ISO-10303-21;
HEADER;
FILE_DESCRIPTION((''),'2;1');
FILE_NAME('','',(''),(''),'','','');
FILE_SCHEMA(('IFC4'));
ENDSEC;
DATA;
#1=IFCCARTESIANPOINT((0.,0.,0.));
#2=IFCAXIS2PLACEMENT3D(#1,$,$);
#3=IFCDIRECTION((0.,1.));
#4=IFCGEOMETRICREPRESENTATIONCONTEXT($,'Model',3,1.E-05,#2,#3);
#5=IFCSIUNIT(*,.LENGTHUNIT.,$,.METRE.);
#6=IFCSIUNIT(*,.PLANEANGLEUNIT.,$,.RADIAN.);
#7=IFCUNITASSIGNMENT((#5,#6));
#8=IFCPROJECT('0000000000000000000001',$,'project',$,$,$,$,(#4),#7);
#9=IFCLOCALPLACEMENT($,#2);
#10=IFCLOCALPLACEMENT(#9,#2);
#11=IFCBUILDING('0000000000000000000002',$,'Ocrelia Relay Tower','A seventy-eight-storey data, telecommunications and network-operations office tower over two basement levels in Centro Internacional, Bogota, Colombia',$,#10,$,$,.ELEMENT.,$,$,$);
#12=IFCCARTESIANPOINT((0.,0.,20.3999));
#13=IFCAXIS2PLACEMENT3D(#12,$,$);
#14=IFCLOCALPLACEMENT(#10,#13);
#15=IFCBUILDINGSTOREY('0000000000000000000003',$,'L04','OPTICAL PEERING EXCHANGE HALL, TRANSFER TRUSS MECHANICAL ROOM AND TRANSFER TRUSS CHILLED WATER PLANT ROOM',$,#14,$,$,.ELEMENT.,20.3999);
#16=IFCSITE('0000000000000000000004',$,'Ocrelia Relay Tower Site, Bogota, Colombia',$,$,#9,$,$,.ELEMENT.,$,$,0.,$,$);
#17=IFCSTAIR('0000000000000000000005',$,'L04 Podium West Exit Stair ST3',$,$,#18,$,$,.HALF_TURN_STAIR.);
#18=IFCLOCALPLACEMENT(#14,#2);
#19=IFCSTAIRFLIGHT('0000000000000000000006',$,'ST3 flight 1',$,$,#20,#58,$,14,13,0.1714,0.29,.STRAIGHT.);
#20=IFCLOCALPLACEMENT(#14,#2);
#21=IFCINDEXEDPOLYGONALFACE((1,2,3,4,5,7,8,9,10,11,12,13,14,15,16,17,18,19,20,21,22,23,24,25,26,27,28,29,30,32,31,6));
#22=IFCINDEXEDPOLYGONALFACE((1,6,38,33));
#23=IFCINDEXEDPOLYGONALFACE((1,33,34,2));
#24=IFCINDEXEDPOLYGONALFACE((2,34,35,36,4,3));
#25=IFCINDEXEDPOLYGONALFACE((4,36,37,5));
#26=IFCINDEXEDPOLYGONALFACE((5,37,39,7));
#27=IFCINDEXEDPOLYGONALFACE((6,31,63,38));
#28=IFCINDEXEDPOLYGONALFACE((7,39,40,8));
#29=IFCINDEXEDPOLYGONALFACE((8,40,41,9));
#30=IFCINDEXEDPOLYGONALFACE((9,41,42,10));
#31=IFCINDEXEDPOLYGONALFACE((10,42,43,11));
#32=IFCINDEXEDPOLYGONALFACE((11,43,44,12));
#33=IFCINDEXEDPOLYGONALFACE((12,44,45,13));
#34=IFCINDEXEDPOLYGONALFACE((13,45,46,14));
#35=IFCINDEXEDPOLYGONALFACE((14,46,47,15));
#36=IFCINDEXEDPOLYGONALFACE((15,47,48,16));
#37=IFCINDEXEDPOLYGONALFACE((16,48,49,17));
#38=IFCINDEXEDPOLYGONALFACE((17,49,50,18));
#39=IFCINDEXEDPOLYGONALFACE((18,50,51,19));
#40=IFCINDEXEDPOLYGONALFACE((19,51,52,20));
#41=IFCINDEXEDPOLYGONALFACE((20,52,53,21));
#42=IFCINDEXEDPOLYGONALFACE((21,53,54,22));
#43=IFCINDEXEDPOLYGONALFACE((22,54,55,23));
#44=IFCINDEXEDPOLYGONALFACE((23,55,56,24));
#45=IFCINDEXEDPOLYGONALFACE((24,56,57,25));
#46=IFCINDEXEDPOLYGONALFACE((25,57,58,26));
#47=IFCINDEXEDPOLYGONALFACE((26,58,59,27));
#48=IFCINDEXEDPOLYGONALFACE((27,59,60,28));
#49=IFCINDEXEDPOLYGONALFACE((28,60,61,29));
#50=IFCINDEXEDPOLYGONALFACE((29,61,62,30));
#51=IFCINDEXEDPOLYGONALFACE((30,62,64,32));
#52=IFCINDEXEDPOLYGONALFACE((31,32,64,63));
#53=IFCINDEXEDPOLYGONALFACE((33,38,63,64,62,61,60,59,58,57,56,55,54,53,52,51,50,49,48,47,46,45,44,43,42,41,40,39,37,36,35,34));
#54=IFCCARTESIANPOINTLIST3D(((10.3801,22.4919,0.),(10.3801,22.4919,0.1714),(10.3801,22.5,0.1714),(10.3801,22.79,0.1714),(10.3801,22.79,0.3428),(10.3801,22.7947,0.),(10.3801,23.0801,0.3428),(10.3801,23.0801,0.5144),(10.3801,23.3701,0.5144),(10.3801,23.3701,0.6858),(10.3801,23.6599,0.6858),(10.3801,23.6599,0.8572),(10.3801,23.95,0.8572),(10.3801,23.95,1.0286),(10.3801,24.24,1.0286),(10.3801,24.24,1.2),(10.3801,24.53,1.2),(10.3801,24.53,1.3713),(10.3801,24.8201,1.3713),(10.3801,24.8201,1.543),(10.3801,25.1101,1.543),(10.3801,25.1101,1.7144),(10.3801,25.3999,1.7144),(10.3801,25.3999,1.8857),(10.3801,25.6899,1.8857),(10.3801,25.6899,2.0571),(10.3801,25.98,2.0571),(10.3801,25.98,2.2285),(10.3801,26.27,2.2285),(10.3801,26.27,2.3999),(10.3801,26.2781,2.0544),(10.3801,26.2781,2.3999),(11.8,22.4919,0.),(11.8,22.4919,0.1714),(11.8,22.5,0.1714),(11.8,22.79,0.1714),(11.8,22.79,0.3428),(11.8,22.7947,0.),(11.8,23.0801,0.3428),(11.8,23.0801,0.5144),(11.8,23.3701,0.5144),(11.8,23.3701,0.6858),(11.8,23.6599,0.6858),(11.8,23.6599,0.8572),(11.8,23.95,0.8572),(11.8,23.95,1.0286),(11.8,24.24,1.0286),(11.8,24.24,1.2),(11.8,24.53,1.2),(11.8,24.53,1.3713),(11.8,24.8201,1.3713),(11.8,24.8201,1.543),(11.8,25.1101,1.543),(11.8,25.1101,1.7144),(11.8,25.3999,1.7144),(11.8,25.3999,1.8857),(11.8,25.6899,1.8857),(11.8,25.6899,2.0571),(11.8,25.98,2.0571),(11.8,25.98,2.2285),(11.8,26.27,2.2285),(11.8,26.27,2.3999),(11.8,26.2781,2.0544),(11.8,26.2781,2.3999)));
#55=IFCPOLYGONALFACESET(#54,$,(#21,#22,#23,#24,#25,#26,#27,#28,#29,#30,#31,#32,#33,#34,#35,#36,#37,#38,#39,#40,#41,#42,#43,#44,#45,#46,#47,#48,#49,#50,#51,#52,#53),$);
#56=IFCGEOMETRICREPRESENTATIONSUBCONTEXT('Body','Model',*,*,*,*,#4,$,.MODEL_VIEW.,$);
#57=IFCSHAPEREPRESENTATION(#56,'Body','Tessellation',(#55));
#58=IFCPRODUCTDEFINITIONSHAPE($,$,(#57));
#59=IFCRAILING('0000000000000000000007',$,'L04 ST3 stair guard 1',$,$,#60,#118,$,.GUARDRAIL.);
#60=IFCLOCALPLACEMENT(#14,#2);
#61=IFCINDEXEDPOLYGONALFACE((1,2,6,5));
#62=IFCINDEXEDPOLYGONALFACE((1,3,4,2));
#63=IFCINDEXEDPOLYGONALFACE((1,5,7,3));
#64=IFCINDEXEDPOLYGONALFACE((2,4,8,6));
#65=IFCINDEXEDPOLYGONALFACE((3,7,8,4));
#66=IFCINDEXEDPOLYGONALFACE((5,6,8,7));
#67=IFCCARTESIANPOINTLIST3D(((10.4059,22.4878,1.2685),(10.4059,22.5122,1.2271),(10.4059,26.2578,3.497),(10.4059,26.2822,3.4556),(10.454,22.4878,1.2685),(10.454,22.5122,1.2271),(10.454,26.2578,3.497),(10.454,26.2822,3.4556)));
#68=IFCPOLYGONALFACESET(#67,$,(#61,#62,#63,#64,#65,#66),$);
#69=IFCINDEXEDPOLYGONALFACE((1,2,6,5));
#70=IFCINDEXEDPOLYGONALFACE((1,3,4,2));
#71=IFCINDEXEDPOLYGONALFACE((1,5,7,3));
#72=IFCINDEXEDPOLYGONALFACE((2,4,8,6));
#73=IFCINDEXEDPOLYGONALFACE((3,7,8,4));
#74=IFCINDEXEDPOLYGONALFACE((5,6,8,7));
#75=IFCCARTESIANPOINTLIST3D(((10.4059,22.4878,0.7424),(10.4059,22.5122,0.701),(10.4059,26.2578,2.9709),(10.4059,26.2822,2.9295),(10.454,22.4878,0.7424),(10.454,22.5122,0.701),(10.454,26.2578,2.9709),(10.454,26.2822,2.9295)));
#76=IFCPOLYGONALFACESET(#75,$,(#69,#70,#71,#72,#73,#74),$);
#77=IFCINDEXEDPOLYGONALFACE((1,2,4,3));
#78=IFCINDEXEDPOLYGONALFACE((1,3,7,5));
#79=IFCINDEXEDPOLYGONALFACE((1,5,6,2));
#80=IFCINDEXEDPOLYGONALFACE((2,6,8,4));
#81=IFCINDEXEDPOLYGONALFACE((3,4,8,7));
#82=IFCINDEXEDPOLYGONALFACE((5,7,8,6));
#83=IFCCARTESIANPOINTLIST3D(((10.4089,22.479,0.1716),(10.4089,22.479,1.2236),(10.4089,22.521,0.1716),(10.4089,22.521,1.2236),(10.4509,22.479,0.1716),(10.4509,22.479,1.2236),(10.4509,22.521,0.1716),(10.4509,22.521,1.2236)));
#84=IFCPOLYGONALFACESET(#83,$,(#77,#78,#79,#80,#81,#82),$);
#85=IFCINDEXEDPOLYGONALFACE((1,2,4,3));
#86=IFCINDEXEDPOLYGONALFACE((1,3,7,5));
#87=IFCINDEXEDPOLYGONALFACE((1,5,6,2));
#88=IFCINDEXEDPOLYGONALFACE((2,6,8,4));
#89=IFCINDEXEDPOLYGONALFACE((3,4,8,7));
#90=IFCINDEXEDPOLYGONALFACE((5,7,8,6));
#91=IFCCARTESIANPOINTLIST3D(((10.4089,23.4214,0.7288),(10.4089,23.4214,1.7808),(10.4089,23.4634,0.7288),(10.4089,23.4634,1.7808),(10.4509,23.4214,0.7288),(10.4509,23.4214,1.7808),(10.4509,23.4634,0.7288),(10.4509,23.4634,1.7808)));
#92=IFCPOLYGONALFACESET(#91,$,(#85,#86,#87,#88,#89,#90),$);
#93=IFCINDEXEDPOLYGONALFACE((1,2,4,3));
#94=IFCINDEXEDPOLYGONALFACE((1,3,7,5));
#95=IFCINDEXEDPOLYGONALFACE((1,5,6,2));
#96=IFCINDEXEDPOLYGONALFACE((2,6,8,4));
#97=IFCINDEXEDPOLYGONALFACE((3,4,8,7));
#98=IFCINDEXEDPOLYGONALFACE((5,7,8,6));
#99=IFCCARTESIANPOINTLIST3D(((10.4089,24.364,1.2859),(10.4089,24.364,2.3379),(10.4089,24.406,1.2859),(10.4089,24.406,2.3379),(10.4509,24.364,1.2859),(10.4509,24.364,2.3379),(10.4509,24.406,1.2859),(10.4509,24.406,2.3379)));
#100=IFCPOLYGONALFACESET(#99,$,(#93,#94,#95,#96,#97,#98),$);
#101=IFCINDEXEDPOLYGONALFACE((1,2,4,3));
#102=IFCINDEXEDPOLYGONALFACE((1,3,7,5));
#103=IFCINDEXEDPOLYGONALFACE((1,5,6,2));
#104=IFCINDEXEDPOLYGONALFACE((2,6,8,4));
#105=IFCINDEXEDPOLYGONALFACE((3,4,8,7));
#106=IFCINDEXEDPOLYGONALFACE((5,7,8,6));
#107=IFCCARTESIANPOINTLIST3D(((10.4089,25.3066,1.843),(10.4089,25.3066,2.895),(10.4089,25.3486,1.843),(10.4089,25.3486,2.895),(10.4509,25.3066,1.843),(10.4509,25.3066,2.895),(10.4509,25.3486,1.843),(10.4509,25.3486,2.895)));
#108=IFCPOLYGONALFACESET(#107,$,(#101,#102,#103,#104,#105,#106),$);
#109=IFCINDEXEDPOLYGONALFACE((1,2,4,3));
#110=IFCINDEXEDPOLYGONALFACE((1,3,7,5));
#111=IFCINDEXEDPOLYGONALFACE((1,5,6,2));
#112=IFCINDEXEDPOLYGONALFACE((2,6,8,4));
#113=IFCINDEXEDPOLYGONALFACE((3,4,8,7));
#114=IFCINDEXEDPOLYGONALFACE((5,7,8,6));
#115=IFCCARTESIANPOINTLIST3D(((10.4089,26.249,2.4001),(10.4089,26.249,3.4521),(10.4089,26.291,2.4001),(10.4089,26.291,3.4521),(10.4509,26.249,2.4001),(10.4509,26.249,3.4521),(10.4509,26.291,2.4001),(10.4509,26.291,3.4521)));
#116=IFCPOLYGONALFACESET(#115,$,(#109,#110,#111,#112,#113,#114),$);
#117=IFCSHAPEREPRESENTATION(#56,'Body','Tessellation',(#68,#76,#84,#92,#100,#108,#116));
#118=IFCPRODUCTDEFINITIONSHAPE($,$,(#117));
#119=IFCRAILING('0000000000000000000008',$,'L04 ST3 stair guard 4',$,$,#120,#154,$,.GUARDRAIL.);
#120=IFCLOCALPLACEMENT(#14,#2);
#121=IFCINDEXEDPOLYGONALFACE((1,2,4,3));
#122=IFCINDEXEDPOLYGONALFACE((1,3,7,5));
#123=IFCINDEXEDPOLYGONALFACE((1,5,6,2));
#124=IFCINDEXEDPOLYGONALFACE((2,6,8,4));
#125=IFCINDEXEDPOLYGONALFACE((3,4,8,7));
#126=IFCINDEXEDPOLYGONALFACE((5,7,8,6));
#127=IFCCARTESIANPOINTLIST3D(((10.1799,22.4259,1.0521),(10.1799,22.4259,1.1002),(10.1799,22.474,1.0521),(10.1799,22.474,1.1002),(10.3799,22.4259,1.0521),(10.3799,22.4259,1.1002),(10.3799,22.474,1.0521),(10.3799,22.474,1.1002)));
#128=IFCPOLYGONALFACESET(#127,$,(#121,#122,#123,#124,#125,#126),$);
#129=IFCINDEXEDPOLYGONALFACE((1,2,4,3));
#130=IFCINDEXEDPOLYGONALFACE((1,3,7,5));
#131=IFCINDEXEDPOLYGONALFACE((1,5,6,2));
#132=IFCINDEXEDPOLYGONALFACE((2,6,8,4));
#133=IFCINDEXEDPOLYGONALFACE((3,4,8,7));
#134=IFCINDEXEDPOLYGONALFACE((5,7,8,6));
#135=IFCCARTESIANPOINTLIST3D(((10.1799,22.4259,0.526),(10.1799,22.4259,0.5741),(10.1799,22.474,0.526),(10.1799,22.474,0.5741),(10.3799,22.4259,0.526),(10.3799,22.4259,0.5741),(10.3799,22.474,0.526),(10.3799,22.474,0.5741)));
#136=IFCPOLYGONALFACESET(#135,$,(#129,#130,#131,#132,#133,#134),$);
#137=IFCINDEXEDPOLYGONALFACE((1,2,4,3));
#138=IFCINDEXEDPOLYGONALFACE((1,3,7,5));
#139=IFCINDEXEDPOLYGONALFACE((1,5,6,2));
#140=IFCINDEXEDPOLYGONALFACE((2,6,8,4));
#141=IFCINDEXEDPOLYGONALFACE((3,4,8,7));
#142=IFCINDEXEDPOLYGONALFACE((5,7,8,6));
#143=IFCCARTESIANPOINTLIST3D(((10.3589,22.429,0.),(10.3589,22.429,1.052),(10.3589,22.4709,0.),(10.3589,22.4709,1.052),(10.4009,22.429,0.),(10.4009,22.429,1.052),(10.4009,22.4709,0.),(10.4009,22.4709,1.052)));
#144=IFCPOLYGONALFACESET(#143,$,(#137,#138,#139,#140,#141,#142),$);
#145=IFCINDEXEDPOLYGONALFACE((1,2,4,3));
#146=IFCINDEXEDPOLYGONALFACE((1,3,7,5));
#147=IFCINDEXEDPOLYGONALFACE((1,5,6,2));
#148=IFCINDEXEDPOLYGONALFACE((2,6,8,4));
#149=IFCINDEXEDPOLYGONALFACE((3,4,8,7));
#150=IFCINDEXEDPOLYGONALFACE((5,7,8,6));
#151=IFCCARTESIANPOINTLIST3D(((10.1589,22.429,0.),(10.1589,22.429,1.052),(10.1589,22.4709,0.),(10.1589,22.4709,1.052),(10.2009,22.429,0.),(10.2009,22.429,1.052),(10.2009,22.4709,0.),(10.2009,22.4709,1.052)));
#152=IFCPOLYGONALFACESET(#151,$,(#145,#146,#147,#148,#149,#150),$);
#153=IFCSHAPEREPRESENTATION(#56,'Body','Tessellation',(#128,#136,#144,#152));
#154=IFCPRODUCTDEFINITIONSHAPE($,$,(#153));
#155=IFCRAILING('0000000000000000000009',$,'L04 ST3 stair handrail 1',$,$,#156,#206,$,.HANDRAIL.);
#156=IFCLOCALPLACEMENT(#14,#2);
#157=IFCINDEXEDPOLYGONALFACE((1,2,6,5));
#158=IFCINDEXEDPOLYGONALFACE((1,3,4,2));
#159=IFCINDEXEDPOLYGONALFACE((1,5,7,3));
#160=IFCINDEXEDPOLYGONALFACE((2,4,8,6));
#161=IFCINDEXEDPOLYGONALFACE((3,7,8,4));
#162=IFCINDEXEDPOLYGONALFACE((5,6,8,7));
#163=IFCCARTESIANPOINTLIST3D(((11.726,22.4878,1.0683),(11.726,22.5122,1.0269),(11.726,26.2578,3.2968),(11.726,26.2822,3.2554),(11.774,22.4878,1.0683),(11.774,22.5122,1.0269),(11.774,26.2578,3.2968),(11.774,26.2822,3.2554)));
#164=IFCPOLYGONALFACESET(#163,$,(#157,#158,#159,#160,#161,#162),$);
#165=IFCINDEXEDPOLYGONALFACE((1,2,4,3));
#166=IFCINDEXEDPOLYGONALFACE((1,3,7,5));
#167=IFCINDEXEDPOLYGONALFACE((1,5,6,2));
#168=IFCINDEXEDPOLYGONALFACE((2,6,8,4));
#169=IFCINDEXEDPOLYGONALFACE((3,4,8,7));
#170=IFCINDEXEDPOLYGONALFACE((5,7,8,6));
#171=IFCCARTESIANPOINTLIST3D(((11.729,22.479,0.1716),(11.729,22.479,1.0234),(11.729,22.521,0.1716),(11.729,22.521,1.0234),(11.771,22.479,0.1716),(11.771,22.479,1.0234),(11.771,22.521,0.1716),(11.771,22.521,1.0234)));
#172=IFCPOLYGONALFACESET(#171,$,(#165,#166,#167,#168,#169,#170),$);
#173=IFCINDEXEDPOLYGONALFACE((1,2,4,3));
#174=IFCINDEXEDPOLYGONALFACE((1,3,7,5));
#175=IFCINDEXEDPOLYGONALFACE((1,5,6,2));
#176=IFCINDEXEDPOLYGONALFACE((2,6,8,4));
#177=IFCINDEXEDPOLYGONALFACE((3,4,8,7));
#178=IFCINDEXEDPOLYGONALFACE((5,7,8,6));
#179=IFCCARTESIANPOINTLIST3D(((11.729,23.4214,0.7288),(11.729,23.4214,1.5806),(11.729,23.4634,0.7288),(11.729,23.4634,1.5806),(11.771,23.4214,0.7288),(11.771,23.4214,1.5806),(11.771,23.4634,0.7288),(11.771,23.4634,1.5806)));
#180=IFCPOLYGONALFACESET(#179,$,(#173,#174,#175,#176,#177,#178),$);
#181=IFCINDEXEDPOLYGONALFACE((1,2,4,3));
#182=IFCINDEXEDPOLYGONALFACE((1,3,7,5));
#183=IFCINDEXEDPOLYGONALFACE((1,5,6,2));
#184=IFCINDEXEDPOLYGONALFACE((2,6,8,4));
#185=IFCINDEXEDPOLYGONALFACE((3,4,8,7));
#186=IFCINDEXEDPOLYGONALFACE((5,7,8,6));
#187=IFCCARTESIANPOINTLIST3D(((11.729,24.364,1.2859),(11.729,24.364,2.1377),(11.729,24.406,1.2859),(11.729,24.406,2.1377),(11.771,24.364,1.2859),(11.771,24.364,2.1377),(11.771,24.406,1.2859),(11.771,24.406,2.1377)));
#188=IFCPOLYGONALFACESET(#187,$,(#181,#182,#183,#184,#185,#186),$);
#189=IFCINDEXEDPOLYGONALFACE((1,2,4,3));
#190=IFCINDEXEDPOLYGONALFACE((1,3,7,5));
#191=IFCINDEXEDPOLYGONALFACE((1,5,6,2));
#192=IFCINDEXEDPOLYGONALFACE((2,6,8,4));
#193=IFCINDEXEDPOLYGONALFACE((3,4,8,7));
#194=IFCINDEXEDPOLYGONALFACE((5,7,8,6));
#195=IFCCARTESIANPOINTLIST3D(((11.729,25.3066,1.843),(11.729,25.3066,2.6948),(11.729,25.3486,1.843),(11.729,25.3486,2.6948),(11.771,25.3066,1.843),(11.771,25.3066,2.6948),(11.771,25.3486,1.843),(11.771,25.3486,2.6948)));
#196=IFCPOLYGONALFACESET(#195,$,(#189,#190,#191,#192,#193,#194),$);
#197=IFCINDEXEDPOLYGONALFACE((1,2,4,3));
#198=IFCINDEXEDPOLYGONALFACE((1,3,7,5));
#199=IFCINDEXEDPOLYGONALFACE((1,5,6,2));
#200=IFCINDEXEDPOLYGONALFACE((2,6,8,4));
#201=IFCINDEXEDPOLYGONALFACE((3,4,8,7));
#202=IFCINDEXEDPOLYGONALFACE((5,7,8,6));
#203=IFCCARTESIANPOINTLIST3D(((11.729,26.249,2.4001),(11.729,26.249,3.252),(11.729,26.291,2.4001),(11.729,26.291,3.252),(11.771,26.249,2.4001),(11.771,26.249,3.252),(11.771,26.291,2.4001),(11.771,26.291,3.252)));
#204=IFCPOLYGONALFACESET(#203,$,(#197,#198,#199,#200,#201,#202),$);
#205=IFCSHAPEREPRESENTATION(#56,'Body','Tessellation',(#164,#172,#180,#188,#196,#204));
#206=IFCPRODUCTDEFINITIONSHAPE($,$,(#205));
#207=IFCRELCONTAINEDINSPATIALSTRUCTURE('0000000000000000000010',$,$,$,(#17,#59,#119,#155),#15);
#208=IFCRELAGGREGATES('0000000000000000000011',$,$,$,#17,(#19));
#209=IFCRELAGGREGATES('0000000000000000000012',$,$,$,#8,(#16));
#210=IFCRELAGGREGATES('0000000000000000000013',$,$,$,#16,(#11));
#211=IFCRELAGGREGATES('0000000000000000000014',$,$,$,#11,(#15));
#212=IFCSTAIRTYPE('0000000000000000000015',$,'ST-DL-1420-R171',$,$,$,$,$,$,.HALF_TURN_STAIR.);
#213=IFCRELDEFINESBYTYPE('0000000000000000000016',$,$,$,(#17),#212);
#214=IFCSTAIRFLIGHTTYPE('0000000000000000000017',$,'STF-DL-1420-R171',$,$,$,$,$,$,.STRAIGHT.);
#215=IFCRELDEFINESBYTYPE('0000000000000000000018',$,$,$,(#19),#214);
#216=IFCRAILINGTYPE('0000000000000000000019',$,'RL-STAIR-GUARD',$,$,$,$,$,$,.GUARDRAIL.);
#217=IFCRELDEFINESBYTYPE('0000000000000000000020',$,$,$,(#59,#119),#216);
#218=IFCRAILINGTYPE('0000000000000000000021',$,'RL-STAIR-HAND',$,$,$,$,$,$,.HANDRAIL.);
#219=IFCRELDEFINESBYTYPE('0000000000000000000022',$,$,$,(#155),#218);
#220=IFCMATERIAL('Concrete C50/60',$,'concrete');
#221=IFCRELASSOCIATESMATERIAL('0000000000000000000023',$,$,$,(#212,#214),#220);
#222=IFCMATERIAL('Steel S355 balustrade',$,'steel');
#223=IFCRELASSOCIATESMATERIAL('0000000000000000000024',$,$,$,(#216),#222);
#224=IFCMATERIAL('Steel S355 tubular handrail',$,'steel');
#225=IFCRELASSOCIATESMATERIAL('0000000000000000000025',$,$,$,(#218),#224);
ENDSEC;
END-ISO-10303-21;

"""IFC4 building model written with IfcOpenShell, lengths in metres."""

from ifc_helpers import new_model, si_unit, direction, frame, origin, origin_2d, place, context, subcontext, project, spatial, polyline, rectangle, outline, extrude, material, type_object, element, aggregate, save


model = new_model("IFC4")

# Units and contexts
model_context = context("Model", 3, precision=1e-05, world=origin(), true_north=direction((0.0, 1.0)))
body_context = subcontext(model_context, "Body", "Model", "MODEL_VIEW")
ifc_project = project(units=[si_unit("LENGTHUNIT", "METRE"), si_unit("PLANEANGLEUNIT", "RADIAN")], contexts=[model_context])

# Site, building, storey
site_placement = place(None, origin())
site = spatial("IfcSite", under=ifc_project, at=site_placement, Name="Ocrelia Relay Tower Site, Bogota, Colombia", CompositionType="ELEMENT", RefElevation=0.0)
building_placement = place(site_placement, origin())
building = spatial("IfcBuilding", under=site, at=building_placement, Name="Ocrelia Relay Tower", Description="A seventy-eight-storey data, telecommunications and network-operations office tower over two basement levels in Centro Internacional, Bogota, Colombia", CompositionType="ELEMENT")
storey_placement = place(building_placement, frame((0.0, 0.0, 20.3999)))
storey = spatial("IfcBuildingStorey", under=building, at=storey_placement, Name="L04", Description="OPTICAL PEERING EXCHANGE HALL, TRANSFER TRUSS MECHANICAL ROOM AND TRANSFER TRUSS CHILLED WATER PLANT ROOM", CompositionType="ELEMENT", Elevation=20.3999)

# Shared definitions
ifc_material_1 = material(Name="Concrete C50/60", Category="concrete")

# Stair
stair_type = type_object("IfcStairType", Name="ST-DL-1420-R171", PredefinedType="HALF_TURN_STAIR", material=ifc_material_1)
stair_1_placement = place(storey_placement, origin())
stair_1 = element("IfcStair", 1, at=stair_1_placement, inside=storey, type_object=stair_type, Name="L04 Podium West Exit Stair ST3", PredefinedType="HALF_TURN_STAIR")

# Stair flight
stair_flight_type = type_object("IfcStairFlightType", Name="STF-DL-1420-R171", PredefinedType="STRAIGHT", material=ifc_material_1)
stair_flight_placement = place(storey_placement, frame((11.0901, 22.5, 0.0), z_axis=(0.0, 0.0, 1.0), x_axis=(0.0, 1.0, 0.0)))
stair_flight = element("IfcStairFlight", 2, at=stair_flight_placement, type_object=stair_flight_type, Name="ST3 flight 1", NumberOfRisers=14, NumberOfTreads=13, PredefinedType="STRAIGHT", RiserHeight=0.1714, TreadLength=0.29, context=body_context, shape_type="SweptSolid", body=[
    extrude(outline(polyline([(-0.0081, 0.0), (-0.0081, 0.1714), (0.0, 0.1714), (0.29, 0.1714), (0.29, 0.3428), (0.5801, 0.3428), (0.5801, 0.5144), (0.8701, 0.5144), (0.8701, 0.6858), (1.1599, 0.6858), (1.1599, 0.8572), (1.45, 0.8572), (1.45, 1.0286), (1.74, 1.0286), (1.74, 1.2), (2.03, 1.2), (2.03, 1.3713), (2.3201, 1.3713), (2.3201, 1.543), (2.6101, 1.543), (2.6101, 1.7144), (2.8999, 1.7144), (2.8999, 1.8857), (3.1899, 1.8857), (3.1899, 2.0571), (3.48, 2.0571), (3.48, 2.2285), (3.77, 2.2285), (3.77, 2.3999), (3.7781, 2.3999), (3.7781, 2.0544), (0.2947, 0.0), (-0.0081, 0.0)])), frame((0.0, 0.71, 0.0), z_axis=(0.0, -1.0, 0.0), x_axis=(1.0, 0.0, 0.0)), (0.0, 0.0, 1.0), 1.4199),
])
aggregate(stair_1, [stair_flight])

# Railings
ifc_material_2 = material(Name="Steel S355 balustrade", Category="steel")
railing_type_1 = type_object("IfcRailingType", Name="RL-STAIR-GUARD", PredefinedType="GUARDRAIL", material=ifc_material_2)
railing_1_placement = place(storey_placement, frame((10.4299, 22.5, 0.1716)))
element("IfcRailing", 3, at=railing_1_placement, inside=storey, type_object=railing_type_1, Name="L04 ST3 stair guard 1", PredefinedType="GUARDRAIL", context=body_context, shape_type="SweptSolid", body=[
    extrude(rectangle(XDim=0.0481, YDim=0.0481, at=origin_2d()), frame((0.0, 0.0, 1.0762), z_axis=(0.0, 0.860849, 0.508861), x_axis=(-1.0, 0.0, 0.0)), (0.0, 0.0, 1.0), 4.3794),
    extrude(rectangle(XDim=0.0481, YDim=0.0481, at=origin_2d()), frame((0.0, 0.0, 0.55), z_axis=(0.0, 0.860849, 0.508861), x_axis=(-1.0, 0.0, 0.0)), (0.0, 0.0, 1.0), 4.3794),
    extrude(rectangle(XDim=0.042, YDim=0.042, at=origin_2d()), origin(), (0.0, 0.0, 1.0), 1.052),
    extrude(rectangle(XDim=0.042, YDim=0.042, at=origin_2d()), frame((0.0, 0.9424, 0.5571)), (0.0, 0.0, 1.0), 1.052),
    extrude(rectangle(XDim=0.042, YDim=0.042, at=origin_2d()), frame((0.0, 1.885, 1.1143)), (0.0, 0.0, 1.0), 1.052),
    extrude(rectangle(XDim=0.042, YDim=0.042, at=origin_2d()), frame((0.0, 2.8276, 1.6714)), (0.0, 0.0, 1.0), 1.052),
    extrude(rectangle(XDim=0.042, YDim=0.042, at=origin_2d()), frame((0.0, 3.77, 2.2285)), (0.0, 0.0, 1.0), 1.052),
])
railing_2_placement = place(storey_placement, frame((10.3799, 22.45, 0.0)))
element("IfcRailing", 4, at=railing_2_placement, inside=storey, type_object=railing_type_1, Name="L04 ST3 stair guard 4", PredefinedType="GUARDRAIL", context=body_context, shape_type="SweptSolid", body=[
    extrude(rectangle(XDim=0.0481, YDim=0.0481, at=origin_2d()), frame((0.0, 0.0, 1.0762), z_axis=(-1.0, 0.0, 0.0), x_axis=(0.0, -1.0, 0.0)), (0.0, 0.0, 1.0), 0.2),
    extrude(rectangle(XDim=0.0481, YDim=0.0481, at=origin_2d()), frame((0.0, 0.0, 0.55), z_axis=(-1.0, 0.0, 0.0), x_axis=(0.0, -1.0, 0.0)), (0.0, 0.0, 1.0), 0.2),
    extrude(rectangle(XDim=0.042, YDim=0.042, at=origin_2d()), origin(), (0.0, 0.0, 1.0), 1.052),
    extrude(rectangle(XDim=0.042, YDim=0.042, at=origin_2d()), frame((-0.2, 0.0, 0.0)), (0.0, 0.0, 1.0), 1.052),
])
ifc_material_3 = material(Name="Steel S355 tubular handrail", Category="steel")
railing_type_2 = type_object("IfcRailingType", Name="RL-STAIR-HAND", PredefinedType="HANDRAIL", material=ifc_material_3)
railing_3_placement = place(storey_placement, frame((11.75, 22.5, 0.1716)))
element("IfcRailing", 5, at=railing_3_placement, inside=storey, type_object=railing_type_2, Name="L04 ST3 stair handrail 1", PredefinedType="HANDRAIL", context=body_context, shape_type="SweptSolid", body=[
    extrude(rectangle(XDim=0.0481, YDim=0.0481, at=origin_2d()), frame((0.0, 0.0, 0.876), z_axis=(0.0, 0.860849, 0.508861), x_axis=(-1.0, 0.0, 0.0)), (0.0, 0.0, 1.0), 4.3794),
    extrude(rectangle(XDim=0.042, YDim=0.042, at=origin_2d()), origin(), (0.0, 0.0, 1.0), 0.8518),
    extrude(rectangle(XDim=0.042, YDim=0.042, at=origin_2d()), frame((0.0, 0.9424, 0.5571)), (0.0, 0.0, 1.0), 0.8518),
    extrude(rectangle(XDim=0.042, YDim=0.042, at=origin_2d()), frame((0.0, 1.885, 1.1143)), (0.0, 0.0, 1.0), 0.8518),
    extrude(rectangle(XDim=0.042, YDim=0.042, at=origin_2d()), frame((0.0, 2.8276, 1.6714)), (0.0, 0.0, 1.0), 0.8518),
    extrude(rectangle(XDim=0.042, YDim=0.042, at=origin_2d()), frame((0.0, 3.77, 2.2285)), (0.0, 0.0, 1.0), 0.8518),
])

save(model, "model.ifc")
